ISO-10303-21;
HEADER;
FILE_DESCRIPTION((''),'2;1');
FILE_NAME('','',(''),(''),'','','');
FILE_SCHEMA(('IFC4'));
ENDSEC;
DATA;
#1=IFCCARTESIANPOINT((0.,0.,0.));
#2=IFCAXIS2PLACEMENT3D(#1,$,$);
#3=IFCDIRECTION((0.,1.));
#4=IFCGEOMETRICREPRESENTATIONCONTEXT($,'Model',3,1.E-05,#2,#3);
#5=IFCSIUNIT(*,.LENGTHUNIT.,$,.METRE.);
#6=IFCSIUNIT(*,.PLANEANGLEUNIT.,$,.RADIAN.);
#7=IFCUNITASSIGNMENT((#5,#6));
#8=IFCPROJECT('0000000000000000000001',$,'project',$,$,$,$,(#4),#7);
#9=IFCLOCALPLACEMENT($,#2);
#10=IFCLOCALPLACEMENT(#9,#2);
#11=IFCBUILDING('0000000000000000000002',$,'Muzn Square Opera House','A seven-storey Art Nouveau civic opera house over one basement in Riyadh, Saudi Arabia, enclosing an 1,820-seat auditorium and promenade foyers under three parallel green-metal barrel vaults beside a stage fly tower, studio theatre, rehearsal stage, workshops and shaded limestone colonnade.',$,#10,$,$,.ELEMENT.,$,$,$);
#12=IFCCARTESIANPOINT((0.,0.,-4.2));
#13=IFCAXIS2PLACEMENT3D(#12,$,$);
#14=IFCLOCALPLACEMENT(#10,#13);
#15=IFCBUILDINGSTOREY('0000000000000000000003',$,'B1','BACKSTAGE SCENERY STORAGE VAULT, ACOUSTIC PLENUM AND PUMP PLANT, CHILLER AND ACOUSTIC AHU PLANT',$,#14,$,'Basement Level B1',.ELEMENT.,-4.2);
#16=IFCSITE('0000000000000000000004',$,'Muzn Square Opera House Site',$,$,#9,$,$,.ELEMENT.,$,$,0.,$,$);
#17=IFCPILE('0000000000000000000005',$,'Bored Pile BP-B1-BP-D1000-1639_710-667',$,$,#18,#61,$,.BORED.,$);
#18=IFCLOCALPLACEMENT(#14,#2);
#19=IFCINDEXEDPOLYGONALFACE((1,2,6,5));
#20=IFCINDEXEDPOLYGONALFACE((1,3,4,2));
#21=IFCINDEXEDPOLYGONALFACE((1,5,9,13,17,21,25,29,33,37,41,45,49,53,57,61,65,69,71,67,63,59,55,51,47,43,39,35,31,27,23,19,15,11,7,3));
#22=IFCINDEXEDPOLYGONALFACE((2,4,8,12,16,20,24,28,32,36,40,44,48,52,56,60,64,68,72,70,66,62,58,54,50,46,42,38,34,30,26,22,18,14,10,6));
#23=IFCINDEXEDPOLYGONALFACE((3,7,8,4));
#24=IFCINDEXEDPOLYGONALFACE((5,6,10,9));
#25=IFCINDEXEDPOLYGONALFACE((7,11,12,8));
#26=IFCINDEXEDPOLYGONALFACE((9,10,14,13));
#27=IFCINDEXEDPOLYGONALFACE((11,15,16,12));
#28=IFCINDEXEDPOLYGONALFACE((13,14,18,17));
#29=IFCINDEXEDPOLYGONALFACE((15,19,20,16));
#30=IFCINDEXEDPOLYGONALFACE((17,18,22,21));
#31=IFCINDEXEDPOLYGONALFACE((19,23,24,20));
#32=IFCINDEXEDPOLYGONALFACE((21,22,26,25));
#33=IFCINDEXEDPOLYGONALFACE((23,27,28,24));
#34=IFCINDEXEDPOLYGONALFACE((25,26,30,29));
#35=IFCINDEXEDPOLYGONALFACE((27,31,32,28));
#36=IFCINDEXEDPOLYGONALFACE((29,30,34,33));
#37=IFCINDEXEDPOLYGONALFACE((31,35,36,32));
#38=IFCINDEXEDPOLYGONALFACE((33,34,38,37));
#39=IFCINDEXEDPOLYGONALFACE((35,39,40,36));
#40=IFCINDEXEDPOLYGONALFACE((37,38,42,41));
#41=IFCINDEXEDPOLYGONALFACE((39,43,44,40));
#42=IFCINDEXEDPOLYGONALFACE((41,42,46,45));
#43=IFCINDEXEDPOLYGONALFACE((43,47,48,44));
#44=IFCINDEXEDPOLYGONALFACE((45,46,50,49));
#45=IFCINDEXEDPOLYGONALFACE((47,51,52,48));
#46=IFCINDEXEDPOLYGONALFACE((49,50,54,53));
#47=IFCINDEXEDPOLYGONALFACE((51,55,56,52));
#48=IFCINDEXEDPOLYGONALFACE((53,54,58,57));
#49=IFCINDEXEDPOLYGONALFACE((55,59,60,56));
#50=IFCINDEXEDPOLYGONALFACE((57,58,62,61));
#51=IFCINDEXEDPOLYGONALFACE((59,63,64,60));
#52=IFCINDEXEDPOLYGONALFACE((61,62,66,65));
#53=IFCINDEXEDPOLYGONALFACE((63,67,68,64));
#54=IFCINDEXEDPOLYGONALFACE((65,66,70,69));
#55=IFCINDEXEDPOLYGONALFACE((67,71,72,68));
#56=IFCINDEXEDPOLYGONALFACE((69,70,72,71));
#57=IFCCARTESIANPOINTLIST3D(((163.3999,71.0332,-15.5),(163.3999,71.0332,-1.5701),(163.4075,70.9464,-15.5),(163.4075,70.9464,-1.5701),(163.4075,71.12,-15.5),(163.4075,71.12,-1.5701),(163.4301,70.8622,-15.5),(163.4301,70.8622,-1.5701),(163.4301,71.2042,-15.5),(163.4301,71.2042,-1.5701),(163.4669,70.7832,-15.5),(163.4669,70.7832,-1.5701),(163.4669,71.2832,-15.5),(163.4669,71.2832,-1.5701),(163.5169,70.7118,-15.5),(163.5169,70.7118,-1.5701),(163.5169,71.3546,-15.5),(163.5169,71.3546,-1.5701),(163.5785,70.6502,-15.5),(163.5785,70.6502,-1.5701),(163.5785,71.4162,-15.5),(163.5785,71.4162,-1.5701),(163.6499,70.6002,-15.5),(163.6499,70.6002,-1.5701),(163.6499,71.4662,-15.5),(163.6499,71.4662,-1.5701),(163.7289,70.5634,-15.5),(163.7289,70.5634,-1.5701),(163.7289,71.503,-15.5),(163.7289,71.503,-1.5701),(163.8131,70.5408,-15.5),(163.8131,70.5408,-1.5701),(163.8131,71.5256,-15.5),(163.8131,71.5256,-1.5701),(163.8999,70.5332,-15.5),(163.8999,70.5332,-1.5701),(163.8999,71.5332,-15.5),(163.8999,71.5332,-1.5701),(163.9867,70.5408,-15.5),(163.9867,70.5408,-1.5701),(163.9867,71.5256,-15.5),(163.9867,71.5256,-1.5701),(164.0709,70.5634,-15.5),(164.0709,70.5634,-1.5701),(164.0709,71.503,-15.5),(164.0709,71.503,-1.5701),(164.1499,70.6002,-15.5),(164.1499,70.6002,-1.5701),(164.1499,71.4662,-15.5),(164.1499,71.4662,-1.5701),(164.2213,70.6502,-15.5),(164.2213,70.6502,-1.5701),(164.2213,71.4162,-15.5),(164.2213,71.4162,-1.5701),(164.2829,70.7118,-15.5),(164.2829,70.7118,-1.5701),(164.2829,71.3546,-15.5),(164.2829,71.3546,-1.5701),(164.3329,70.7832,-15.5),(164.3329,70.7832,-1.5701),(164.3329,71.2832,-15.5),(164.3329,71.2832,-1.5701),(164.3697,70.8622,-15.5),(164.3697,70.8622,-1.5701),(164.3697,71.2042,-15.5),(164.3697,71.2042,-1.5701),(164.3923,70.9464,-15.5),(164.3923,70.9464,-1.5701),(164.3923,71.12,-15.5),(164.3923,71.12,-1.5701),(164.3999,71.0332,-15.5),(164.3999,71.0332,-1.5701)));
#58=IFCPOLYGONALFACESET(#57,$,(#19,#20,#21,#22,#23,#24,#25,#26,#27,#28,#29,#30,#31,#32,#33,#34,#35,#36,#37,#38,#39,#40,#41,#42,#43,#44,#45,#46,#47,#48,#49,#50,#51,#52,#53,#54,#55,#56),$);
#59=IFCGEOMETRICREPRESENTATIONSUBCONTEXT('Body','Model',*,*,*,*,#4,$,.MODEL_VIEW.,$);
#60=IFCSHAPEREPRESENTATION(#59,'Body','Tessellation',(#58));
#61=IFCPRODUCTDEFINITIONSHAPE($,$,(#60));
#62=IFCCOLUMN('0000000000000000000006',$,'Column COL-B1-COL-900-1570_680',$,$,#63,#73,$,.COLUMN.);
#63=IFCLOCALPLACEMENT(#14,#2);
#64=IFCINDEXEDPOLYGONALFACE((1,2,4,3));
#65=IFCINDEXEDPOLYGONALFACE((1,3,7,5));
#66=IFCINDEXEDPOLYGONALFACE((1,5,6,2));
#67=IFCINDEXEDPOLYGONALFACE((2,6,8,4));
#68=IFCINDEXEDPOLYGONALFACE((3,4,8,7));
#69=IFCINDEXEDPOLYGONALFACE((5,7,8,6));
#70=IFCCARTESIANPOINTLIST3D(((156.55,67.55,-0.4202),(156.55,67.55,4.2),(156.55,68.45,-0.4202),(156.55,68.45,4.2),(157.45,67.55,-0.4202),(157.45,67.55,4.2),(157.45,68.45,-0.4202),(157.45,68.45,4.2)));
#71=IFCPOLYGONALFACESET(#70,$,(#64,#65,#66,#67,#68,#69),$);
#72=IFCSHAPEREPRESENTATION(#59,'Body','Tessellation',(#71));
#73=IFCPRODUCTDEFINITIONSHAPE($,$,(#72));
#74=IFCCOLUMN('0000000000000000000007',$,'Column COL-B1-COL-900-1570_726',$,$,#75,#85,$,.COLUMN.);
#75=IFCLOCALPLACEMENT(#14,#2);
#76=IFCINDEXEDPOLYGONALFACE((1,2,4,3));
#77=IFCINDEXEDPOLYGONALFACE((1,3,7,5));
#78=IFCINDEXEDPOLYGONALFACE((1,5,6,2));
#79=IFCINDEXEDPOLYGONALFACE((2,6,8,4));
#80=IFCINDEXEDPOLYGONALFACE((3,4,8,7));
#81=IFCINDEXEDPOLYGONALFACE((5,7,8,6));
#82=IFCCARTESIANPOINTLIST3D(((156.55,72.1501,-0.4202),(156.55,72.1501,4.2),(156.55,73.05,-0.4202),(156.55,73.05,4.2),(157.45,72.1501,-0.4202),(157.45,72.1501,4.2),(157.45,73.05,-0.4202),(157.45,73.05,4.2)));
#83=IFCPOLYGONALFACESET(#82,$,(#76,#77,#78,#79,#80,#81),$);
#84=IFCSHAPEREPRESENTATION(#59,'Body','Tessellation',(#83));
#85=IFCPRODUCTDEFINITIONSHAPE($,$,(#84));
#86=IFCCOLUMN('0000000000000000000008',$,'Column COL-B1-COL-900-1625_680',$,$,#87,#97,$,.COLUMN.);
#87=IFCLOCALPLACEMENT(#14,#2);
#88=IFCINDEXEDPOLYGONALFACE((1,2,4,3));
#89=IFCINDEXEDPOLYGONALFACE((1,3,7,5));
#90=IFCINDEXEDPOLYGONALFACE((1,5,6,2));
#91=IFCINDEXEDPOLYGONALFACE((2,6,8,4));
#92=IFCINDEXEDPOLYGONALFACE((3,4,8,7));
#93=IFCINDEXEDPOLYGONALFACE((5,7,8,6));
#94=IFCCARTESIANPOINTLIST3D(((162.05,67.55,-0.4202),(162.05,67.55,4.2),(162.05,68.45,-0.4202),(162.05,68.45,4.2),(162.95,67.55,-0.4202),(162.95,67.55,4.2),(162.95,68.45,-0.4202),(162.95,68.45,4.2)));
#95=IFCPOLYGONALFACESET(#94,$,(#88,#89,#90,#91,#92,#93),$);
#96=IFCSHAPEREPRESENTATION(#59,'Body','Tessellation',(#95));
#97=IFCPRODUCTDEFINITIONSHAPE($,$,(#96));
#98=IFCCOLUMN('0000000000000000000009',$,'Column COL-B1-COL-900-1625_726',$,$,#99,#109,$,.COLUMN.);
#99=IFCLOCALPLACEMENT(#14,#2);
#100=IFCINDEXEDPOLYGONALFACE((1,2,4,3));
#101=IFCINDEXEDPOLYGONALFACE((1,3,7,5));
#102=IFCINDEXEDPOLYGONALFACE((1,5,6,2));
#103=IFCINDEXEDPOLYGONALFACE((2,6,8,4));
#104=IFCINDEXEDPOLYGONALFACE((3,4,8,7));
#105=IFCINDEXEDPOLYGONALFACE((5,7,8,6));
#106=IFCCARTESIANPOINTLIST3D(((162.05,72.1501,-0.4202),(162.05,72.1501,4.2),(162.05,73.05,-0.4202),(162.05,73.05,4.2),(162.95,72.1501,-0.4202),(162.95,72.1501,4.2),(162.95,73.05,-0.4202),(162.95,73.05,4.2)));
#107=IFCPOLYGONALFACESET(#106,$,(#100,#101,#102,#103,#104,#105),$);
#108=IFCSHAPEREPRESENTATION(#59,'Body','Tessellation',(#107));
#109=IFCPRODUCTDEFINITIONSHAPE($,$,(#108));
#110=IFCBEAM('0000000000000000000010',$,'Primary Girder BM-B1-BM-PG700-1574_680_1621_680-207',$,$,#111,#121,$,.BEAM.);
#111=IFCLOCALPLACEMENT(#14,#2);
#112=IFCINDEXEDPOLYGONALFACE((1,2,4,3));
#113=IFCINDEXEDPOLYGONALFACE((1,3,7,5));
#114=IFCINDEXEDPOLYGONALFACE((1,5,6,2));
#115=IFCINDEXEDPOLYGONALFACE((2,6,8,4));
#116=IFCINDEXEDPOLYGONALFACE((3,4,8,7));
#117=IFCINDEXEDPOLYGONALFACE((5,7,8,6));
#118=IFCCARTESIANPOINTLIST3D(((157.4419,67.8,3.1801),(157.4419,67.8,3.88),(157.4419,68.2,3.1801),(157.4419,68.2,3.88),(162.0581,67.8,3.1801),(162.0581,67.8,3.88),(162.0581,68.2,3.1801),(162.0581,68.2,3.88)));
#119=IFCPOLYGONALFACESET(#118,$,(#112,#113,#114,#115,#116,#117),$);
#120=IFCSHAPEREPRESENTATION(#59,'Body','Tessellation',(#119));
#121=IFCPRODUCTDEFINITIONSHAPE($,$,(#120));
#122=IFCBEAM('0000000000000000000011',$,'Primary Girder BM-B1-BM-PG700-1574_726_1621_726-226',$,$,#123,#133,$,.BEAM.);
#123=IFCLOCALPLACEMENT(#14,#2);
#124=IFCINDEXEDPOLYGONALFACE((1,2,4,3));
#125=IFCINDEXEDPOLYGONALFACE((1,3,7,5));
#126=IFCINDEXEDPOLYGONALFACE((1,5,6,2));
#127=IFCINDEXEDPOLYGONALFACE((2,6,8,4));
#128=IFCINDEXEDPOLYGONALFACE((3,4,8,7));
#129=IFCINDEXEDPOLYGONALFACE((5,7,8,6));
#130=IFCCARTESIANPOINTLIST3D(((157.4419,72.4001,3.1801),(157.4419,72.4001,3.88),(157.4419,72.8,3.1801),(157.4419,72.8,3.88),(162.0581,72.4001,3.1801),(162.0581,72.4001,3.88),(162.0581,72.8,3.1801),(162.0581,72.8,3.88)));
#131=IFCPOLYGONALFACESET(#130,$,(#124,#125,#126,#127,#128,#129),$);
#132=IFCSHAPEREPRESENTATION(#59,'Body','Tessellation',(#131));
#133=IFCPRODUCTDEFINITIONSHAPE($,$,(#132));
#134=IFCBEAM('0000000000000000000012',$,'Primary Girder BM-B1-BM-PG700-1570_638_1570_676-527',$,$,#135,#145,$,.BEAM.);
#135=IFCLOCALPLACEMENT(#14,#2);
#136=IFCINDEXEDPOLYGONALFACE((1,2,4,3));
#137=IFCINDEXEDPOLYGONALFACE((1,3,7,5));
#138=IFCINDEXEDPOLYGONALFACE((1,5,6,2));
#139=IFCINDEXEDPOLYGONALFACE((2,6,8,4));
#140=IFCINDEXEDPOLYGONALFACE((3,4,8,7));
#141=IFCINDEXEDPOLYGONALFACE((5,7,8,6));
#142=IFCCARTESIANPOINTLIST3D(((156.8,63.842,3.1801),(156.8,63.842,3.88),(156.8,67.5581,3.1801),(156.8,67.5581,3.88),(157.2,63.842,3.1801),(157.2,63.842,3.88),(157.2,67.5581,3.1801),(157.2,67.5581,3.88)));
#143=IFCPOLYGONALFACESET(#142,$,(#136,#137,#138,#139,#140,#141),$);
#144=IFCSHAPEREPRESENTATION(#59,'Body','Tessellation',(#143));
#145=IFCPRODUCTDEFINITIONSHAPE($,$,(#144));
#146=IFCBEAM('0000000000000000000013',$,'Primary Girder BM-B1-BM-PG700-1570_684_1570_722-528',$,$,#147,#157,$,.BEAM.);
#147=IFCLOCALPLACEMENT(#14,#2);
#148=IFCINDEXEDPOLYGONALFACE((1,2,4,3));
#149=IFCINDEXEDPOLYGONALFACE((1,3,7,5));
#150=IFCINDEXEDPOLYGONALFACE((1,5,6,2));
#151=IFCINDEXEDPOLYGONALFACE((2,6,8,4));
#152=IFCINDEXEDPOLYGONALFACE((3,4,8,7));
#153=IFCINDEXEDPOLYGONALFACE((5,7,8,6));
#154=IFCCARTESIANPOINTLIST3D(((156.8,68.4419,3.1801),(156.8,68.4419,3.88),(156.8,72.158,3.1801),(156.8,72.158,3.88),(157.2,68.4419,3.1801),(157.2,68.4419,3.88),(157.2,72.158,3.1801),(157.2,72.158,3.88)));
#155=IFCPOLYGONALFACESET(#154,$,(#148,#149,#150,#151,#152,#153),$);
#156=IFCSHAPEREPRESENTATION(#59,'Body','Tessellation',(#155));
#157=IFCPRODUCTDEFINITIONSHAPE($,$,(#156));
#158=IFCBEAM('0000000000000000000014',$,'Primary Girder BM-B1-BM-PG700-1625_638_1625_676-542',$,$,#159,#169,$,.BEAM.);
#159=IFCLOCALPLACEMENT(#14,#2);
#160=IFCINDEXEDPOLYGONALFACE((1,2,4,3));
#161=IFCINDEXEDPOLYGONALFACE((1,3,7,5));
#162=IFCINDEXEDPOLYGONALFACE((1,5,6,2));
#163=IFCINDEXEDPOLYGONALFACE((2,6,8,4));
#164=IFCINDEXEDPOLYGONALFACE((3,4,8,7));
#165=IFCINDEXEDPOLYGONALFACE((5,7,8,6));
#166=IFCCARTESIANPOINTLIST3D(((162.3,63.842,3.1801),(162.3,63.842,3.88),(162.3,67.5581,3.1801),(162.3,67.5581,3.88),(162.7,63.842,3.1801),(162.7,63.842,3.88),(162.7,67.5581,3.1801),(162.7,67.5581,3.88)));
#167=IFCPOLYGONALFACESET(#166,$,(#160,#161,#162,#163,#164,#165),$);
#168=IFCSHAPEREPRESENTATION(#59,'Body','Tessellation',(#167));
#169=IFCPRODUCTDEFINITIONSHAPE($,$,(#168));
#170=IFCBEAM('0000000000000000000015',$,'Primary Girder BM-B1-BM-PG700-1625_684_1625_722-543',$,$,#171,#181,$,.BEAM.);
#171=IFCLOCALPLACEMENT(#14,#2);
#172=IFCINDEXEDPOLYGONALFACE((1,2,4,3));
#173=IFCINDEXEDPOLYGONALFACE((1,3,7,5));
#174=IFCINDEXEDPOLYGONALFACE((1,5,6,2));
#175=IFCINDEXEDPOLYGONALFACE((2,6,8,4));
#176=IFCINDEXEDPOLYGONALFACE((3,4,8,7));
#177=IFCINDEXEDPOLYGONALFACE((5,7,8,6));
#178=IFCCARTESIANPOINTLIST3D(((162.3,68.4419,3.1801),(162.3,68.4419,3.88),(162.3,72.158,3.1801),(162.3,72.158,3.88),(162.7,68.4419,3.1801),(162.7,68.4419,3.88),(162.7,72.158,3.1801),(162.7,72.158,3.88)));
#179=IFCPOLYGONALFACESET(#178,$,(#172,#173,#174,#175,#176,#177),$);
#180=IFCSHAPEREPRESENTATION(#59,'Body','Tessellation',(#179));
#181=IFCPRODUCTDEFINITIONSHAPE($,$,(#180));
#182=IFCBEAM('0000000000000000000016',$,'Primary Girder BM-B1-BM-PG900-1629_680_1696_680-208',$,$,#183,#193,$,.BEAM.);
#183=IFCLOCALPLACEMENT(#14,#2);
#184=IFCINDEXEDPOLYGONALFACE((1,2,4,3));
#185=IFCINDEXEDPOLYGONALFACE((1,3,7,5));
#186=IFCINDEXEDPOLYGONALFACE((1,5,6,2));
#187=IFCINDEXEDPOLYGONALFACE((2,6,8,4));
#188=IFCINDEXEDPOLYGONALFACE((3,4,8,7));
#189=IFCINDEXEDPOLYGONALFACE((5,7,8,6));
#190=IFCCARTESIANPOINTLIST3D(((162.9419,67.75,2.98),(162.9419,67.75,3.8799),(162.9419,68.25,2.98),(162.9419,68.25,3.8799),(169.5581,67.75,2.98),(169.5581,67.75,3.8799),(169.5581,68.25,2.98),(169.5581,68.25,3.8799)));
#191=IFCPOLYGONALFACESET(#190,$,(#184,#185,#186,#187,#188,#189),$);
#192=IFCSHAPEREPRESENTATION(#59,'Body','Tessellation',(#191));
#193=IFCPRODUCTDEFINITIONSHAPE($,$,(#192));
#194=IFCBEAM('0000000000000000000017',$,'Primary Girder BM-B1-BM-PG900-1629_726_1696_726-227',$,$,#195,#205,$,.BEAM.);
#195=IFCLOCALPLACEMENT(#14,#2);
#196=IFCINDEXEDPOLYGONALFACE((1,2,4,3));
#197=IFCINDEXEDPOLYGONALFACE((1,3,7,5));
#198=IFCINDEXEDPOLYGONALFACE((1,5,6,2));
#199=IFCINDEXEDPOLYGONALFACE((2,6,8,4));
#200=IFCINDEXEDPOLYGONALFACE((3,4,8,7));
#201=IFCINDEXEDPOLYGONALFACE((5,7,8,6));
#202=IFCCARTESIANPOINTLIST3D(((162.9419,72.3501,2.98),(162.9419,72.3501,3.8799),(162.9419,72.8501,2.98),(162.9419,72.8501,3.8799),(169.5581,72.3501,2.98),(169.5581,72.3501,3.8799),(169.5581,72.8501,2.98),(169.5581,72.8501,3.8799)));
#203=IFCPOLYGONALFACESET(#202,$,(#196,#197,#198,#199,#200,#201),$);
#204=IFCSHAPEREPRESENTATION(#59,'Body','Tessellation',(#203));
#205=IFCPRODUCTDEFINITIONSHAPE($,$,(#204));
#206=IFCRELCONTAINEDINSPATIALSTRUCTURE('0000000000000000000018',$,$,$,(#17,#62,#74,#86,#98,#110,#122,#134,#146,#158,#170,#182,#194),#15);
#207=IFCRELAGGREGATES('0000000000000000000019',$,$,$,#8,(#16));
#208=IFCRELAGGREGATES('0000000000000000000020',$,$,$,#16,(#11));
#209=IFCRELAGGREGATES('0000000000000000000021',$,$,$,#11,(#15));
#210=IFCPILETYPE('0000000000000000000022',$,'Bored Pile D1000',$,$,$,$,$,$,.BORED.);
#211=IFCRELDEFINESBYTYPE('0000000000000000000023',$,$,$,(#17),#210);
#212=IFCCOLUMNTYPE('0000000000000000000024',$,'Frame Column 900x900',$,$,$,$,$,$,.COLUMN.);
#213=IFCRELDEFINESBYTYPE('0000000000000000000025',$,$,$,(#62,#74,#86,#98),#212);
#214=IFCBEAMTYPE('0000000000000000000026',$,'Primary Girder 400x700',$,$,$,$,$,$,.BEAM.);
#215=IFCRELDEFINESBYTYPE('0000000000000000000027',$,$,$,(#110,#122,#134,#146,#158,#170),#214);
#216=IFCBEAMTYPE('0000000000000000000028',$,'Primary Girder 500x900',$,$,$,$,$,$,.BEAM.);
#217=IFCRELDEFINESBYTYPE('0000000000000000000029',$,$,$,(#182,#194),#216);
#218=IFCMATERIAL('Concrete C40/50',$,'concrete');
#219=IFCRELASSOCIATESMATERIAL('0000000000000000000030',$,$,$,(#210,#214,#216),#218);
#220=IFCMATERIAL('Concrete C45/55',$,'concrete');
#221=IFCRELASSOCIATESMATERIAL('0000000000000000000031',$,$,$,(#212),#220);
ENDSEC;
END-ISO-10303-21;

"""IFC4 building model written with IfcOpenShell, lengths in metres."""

from ifc_helpers import new_model, si_unit, direction, frame, origin, origin_2d, place, context, subcontext, project, spatial, rectangle, circle, extrude, material, material_profile, profile_set, type_object, element, save


model = new_model("IFC4")

# Units and contexts
model_context = context("Model", 3, precision=1e-05, world=origin(), true_north=direction((0.0, 1.0)))
body_context = subcontext(model_context, "Body", "Model", "MODEL_VIEW")
ifc_project = project(units=[si_unit("LENGTHUNIT", "METRE"), si_unit("PLANEANGLEUNIT", "RADIAN")], contexts=[model_context])

# Site, building, storey
site_placement = place(None, origin())
site = spatial("IfcSite", under=ifc_project, at=site_placement, Name="Muzn Square Opera House Site", CompositionType="ELEMENT", RefElevation=0.0)
building_placement = place(site_placement, origin())
building = spatial("IfcBuilding", under=site, at=building_placement, Name="Muzn Square Opera House", Description="A seven-storey Art Nouveau civic opera house over one basement in Riyadh, Saudi Arabia, enclosing an 1,820-seat auditorium and promenade foyers under three parallel green-metal barrel vaults beside a stage fly tower, studio theatre, rehearsal stage, workshops and shaded limestone colonnade.", CompositionType="ELEMENT")
storey_placement = place(building_placement, frame((0.0, 0.0, -4.2)))
storey = spatial("IfcBuildingStorey", under=building, at=storey_placement, Name="B1", Description="BACKSTAGE SCENERY STORAGE VAULT, ACOUSTIC PLENUM AND PUMP PLANT, CHILLER AND ACOUSTIC AHU PLANT", LongName="Basement Level B1", CompositionType="ELEMENT", Elevation=-4.2)

# Pile
ifc_material_1 = material(Name="Concrete C40/50", Category="concrete")
ifc_material_profile_1 = material_profile(ifc_material_1, circle(Radius=0.5, at=origin_2d()), Name="BORED PILE D1000", Category="concrete")
ifc_profile_set_1 = profile_set([ifc_material_profile_1], Name="Concrete C40/50")
pile_type = type_object("IfcPileType", Name="Bored Pile D1000", PredefinedType="BORED", material=ifc_profile_set_1)
for number, where, z_axis, x_axis, name in (
    (1, (163.8999, 71.0332, -1.5701), (0.0, 0.0, -1.0), (1.0, 0.0, 0.0), "Bored Pile BP-B1-BP-D1000-1639_710-667"),
):
    element("IfcPile", number, at=place(storey_placement, frame(where, z_axis=z_axis, x_axis=x_axis)), inside=storey, type_object=pile_type, Name=name, PredefinedType="BORED", context=body_context, shape_type="SweptSolid", body=[
        extrude(circle(Radius=0.5, at=origin_2d()), origin(), (0.0, 0.0, 1.0), 13.9299),
    ])

# Columns
ifc_material_2 = material(Name="Concrete C45/55", Category="concrete")
ifc_material_profile_2 = material_profile(ifc_material_2, rectangle(XDim=0.8999, YDim=0.8999, at=origin_2d()), Name="RC 900x900", Category="concrete")
ifc_profile_set_2 = profile_set([ifc_material_profile_2], Name="Concrete C45/55")
column_type = type_object("IfcColumnType", Name="Frame Column 900x900", PredefinedType="COLUMN", material=ifc_profile_set_2)
for number, where, z_axis, x_axis, name in (
    (2, (157.0, 68.0, -0.4202), (0.0, 0.0, 1.0), (1.0, 0.0, 0.0), "Column COL-B1-COL-900-1570_680"),
    (3, (157.0, 72.6001, -0.4202), (0.0, 0.0, 1.0), (1.0, 0.0, 0.0), "Column COL-B1-COL-900-1570_726"),
    (4, (162.5, 68.0, -0.4202), (0.0, 0.0, 1.0), (1.0, 0.0, 0.0), "Column COL-B1-COL-900-1625_680"),
    (5, (162.5, 72.6001, -0.4202), (0.0, 0.0, 1.0), (1.0, 0.0, 0.0), "Column COL-B1-COL-900-1625_726"),
):
    element("IfcColumn", number, at=place(storey_placement, frame(where, z_axis=z_axis, x_axis=x_axis)), inside=storey, type_object=column_type, Name=name, PredefinedType="COLUMN", context=body_context, shape_type="SweptSolid", body=[
        extrude(rectangle(XDim=0.8999, YDim=0.8999, at=origin_2d()), origin(), (0.0, 0.0, 1.0), 4.6201),
    ])

# Beams
ifc_material_profile_3 = material_profile(ifc_material_1, rectangle(XDim=0.3999, YDim=0.7, at=origin_2d()), Name="RCB 400x700", Category="concrete")
ifc_profile_set_3 = profile_set([ifc_material_profile_3], Name="Concrete C40/50")
beam_type_1 = type_object("IfcBeamType", Name="Primary Girder 400x700", PredefinedType="BEAM", material=ifc_profile_set_3)
for number, where, z_axis, x_axis, name in (
    (6, (157.4419, 68.0, 3.53), (1.0, 0.0, 0.0), (0.0, 1.0, 0.0), "Primary Girder BM-B1-BM-PG700-1574_680_1621_680-207"),
    (7, (157.4419, 72.6001, 3.53), (1.0, 0.0, 0.0), (0.0, 1.0, 0.0), "Primary Girder BM-B1-BM-PG700-1574_726_1621_726-226"),
):
    element("IfcBeam", number, at=place(storey_placement, frame(where, z_axis=z_axis, x_axis=x_axis)), inside=storey, type_object=beam_type_1, Name=name, PredefinedType="BEAM", context=body_context, shape_type="SweptSolid", body=[
        extrude(rectangle(XDim=0.3999, YDim=0.7, at=origin_2d()), origin(), (0.0, 0.0, 1.0), 4.6162),
    ])
for number, where, z_axis, x_axis, name in (
    (8, (157.0, 63.842, 3.53), (0.0, 1.0, 0.0), (-1.0, 0.0, 0.0), "Primary Girder BM-B1-BM-PG700-1570_638_1570_676-527"),
    (9, (157.0, 68.4419, 3.53), (0.0, 1.0, 0.0), (-1.0, 0.0, 0.0), "Primary Girder BM-B1-BM-PG700-1570_684_1570_722-528"),
    (10, (162.5, 63.842, 3.53), (0.0, 1.0, 0.0), (-1.0, 0.0, 0.0), "Primary Girder BM-B1-BM-PG700-1625_638_1625_676-542"),
    (11, (162.5, 68.4419, 3.53), (0.0, 1.0, 0.0), (-1.0, 0.0, 0.0), "Primary Girder BM-B1-BM-PG700-1625_684_1625_722-543"),
):
    element("IfcBeam", number, at=place(storey_placement, frame(where, z_axis=z_axis, x_axis=x_axis)), inside=storey, type_object=beam_type_1, Name=name, PredefinedType="BEAM", context=body_context, shape_type="SweptSolid", body=[
        extrude(rectangle(XDim=0.3999, YDim=0.7, at=origin_2d()), origin(), (0.0, 0.0, 1.0), 3.7161),
    ])
ifc_material_profile_4 = material_profile(ifc_material_1, rectangle(XDim=0.5, YDim=0.8999, at=origin_2d()), Name="RCB 500x900", Category="concrete")
ifc_profile_set_4 = profile_set([ifc_material_profile_4], Name="Concrete C40/50")
beam_type_2 = type_object("IfcBeamType", Name="Primary Girder 500x900", PredefinedType="BEAM", material=ifc_profile_set_4)
for number, where, z_axis, x_axis, name in (
    (12, (162.9419, 68.0, 3.4299), (1.0, 0.0, 0.0), (0.0, 1.0, 0.0), "Primary Girder BM-B1-BM-PG900-1629_680_1696_680-208"),
    (13, (162.9419, 72.6001, 3.4299), (1.0, 0.0, 0.0), (0.0, 1.0, 0.0), "Primary Girder BM-B1-BM-PG900-1629_726_1696_726-227"),
):
    element("IfcBeam", number, at=place(storey_placement, frame(where, z_axis=z_axis, x_axis=x_axis)), inside=storey, type_object=beam_type_2, Name=name, PredefinedType="BEAM", context=body_context, shape_type="SweptSolid", body=[
        extrude(rectangle(XDim=0.5, YDim=0.8999, at=origin_2d()), origin(), (0.0, 0.0, 1.0), 6.6162),
    ])

save(model, "model.ifc")
